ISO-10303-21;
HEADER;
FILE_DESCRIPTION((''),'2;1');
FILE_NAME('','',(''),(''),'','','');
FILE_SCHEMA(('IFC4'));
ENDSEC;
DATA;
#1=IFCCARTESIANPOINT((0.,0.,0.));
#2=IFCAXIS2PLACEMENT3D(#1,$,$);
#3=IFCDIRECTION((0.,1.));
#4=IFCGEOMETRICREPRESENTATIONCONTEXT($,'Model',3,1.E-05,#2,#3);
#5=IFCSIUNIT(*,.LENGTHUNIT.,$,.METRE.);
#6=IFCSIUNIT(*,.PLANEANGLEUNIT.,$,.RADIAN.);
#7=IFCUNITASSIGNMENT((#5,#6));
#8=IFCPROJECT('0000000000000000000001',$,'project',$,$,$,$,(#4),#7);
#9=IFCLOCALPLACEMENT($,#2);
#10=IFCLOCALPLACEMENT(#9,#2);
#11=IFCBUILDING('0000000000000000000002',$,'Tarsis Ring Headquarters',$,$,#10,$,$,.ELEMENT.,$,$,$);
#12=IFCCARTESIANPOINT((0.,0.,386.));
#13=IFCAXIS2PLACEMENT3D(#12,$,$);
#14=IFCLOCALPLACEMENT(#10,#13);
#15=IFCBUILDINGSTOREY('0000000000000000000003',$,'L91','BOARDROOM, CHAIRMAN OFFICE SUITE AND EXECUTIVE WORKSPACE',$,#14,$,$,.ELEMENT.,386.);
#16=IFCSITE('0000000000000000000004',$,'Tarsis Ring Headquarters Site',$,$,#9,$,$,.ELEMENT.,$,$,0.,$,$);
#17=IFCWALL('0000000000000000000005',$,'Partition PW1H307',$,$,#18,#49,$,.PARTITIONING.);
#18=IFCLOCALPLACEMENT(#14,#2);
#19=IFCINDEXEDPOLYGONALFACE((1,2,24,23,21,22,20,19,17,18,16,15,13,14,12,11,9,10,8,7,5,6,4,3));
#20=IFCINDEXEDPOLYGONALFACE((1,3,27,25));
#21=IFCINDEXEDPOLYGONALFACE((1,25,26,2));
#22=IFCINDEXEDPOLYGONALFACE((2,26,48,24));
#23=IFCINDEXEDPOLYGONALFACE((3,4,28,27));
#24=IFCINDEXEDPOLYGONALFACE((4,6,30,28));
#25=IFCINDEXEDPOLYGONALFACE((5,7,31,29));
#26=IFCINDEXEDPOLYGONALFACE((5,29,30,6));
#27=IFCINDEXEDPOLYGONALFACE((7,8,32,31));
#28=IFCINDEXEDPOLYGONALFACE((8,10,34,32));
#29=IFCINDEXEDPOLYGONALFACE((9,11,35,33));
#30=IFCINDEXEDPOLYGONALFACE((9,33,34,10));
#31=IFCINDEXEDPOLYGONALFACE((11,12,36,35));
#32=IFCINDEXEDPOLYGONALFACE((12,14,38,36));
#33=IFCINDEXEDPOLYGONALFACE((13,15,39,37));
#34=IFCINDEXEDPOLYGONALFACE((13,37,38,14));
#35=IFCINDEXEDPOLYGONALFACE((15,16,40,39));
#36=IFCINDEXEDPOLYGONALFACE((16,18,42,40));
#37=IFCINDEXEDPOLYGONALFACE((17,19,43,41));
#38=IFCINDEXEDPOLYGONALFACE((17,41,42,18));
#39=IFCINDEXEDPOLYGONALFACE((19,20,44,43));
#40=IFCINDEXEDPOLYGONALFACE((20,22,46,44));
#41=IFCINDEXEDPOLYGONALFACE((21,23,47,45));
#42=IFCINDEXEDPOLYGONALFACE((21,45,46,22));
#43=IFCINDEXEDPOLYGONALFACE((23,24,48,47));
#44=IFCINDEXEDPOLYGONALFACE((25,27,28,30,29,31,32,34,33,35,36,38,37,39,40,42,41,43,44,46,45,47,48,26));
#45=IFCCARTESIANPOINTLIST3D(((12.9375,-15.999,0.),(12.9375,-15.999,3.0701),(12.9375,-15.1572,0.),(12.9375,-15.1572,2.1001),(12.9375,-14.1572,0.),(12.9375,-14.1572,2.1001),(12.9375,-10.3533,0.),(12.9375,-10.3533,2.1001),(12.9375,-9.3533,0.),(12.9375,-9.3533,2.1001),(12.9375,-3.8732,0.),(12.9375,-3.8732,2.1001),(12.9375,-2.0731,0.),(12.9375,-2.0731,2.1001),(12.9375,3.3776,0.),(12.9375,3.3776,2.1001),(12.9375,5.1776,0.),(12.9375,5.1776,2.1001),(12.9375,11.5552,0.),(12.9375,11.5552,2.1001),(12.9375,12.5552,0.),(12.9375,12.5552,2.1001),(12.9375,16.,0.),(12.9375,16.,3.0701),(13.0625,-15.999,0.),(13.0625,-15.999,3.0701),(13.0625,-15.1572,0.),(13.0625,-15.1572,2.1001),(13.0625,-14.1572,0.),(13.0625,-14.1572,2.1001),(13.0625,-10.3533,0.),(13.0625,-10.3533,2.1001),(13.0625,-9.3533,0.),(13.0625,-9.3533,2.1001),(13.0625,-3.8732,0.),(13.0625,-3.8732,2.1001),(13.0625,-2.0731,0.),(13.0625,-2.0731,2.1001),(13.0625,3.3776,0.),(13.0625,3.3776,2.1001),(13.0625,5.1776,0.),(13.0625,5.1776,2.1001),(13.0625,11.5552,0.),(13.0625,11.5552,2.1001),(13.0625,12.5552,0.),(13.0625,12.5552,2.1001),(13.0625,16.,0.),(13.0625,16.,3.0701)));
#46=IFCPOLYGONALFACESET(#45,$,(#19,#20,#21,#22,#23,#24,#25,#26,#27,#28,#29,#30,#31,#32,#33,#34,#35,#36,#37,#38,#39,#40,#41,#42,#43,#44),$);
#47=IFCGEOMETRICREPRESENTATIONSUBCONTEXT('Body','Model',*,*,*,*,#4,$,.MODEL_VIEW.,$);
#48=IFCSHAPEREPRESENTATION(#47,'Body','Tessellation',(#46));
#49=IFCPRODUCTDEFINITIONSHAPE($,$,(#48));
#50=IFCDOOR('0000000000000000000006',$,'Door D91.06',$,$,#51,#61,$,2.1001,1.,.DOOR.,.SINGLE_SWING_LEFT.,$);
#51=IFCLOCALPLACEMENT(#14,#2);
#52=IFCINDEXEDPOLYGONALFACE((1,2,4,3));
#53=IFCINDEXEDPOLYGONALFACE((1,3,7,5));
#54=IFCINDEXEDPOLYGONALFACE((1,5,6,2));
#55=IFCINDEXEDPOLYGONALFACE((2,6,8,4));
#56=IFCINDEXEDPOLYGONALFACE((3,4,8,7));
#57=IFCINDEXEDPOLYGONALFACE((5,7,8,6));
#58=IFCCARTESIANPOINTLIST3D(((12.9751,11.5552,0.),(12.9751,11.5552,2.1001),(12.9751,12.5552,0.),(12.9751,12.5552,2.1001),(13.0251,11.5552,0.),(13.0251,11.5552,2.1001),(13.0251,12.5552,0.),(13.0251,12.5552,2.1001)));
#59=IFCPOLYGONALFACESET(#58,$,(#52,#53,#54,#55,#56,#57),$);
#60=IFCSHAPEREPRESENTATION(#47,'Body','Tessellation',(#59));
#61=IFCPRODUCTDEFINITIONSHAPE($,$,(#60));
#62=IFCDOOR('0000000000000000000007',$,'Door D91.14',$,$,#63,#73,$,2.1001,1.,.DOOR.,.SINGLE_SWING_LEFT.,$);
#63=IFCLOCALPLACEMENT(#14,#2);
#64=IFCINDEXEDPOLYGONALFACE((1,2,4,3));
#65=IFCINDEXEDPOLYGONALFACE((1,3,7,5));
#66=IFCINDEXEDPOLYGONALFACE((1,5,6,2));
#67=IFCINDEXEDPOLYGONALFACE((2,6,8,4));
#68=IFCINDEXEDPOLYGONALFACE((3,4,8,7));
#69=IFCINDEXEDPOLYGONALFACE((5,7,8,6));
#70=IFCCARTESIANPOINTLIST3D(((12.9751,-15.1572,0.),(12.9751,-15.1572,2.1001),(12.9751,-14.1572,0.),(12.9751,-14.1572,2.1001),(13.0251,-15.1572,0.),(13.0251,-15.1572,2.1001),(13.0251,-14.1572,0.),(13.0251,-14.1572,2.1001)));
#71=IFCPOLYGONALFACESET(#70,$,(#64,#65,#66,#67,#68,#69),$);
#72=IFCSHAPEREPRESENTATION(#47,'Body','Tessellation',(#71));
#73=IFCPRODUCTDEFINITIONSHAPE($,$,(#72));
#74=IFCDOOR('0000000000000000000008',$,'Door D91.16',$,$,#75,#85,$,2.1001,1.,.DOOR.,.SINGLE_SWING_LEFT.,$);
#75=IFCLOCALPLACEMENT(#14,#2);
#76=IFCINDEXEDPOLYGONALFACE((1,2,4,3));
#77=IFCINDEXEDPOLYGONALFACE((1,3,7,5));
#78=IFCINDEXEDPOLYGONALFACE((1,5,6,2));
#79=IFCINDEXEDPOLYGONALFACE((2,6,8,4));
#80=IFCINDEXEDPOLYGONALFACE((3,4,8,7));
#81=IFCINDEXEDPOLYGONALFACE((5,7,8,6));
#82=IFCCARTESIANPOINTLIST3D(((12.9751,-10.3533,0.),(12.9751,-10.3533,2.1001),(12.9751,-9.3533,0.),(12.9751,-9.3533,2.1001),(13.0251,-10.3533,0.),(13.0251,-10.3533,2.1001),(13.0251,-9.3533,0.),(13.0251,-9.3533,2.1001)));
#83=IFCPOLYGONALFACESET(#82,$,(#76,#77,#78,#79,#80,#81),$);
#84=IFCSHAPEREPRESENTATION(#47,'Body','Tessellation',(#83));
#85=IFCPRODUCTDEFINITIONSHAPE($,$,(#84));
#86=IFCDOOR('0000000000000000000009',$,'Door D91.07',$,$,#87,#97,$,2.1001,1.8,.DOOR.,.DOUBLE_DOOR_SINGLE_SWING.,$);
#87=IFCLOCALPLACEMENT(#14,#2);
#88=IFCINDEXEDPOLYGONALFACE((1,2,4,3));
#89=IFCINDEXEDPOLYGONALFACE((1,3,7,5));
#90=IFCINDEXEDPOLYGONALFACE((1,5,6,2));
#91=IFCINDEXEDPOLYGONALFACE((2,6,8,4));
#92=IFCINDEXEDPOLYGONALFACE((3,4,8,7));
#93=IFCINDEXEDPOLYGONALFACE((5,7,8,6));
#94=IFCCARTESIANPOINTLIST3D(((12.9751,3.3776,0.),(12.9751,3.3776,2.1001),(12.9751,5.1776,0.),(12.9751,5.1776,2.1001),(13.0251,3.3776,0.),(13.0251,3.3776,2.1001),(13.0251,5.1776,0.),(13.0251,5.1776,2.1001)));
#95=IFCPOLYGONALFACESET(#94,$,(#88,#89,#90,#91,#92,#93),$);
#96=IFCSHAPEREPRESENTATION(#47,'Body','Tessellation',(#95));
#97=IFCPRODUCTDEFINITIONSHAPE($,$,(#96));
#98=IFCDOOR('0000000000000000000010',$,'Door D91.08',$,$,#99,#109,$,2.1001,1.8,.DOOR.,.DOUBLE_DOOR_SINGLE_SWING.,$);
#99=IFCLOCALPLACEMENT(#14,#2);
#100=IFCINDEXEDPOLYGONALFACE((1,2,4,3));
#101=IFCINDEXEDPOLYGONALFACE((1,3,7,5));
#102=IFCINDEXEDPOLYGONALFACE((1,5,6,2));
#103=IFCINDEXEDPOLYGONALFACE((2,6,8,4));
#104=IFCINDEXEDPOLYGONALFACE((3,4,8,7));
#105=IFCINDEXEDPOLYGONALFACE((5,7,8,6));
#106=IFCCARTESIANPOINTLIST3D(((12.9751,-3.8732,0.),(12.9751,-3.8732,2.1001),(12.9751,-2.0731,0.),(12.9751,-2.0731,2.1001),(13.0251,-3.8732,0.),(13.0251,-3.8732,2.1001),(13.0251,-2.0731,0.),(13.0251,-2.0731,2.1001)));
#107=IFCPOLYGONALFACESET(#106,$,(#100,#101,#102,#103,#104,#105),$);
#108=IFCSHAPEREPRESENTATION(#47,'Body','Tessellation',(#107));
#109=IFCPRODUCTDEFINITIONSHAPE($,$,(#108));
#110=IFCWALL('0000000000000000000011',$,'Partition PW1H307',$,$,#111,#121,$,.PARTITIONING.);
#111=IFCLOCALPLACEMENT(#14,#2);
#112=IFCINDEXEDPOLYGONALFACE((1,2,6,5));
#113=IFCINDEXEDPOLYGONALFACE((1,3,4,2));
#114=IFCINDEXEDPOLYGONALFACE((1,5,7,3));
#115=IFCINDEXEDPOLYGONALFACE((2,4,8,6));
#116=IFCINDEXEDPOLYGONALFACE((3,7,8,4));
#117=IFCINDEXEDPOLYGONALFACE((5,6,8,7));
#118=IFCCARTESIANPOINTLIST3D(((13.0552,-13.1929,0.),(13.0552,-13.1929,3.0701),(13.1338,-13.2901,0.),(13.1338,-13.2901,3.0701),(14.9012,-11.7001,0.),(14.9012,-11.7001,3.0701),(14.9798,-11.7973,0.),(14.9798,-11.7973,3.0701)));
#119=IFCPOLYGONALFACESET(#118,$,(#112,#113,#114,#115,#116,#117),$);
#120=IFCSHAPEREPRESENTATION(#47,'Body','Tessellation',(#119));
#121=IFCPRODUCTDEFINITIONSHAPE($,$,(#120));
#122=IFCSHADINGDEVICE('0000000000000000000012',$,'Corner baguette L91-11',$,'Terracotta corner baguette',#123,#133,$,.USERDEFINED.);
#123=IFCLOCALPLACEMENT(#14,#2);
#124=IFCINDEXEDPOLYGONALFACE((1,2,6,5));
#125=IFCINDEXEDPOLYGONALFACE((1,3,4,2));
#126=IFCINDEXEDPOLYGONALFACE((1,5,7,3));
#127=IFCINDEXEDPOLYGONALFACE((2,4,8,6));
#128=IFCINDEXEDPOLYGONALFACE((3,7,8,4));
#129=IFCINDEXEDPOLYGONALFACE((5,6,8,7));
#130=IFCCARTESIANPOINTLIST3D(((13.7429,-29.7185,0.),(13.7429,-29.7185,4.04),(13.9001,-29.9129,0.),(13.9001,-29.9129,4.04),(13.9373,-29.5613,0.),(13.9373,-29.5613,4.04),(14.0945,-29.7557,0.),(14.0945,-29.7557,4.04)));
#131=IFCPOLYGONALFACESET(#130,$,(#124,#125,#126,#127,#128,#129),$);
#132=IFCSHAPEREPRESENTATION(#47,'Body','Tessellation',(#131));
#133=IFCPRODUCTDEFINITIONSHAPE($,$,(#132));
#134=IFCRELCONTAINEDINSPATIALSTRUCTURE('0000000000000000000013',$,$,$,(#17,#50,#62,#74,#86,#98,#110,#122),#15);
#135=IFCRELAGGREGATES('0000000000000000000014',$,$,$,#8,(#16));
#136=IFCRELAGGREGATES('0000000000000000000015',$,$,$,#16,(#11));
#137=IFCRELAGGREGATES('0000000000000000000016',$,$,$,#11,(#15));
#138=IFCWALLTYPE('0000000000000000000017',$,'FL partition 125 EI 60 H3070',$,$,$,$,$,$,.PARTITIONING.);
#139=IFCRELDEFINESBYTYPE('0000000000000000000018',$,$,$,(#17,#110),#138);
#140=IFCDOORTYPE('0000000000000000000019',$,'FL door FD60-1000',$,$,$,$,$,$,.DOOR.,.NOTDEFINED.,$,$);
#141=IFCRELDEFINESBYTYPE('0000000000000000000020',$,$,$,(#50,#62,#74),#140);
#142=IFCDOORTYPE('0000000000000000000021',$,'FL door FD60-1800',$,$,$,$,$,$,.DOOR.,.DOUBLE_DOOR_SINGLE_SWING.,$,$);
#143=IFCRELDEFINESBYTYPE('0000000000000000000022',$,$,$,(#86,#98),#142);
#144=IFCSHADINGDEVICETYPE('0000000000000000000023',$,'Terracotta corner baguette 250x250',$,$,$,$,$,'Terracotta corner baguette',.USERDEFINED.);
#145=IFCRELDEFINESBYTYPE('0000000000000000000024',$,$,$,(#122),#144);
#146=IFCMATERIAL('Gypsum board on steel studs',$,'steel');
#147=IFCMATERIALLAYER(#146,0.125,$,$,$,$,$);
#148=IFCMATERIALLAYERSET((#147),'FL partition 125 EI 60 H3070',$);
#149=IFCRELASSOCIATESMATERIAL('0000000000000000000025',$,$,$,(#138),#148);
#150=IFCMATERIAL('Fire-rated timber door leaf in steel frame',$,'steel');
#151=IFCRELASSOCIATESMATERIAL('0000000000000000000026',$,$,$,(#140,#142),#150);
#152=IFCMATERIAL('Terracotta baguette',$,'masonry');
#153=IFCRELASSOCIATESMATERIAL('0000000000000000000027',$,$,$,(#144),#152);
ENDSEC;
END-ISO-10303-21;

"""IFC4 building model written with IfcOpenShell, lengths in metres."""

from ifc_helpers import new_model, si_unit, direction, frame, frame_2d, origin, origin_2d, place, context, subcontext, project, spatial, rectangle, extrude, material, layer, layer_set, type_object, element, fill, save


model = new_model("IFC4")

# Units and contexts
model_context = context("Model", 3, precision=1e-05, world=origin(), true_north=direction((0.0, 1.0)))
body_context = subcontext(model_context, "Body", "Model", "MODEL_VIEW")
ifc_project = project(units=[si_unit("LENGTHUNIT", "METRE"), si_unit("PLANEANGLEUNIT", "RADIAN")], contexts=[model_context])

# Site, building, storey
site_placement = place(None, origin())
site = spatial("IfcSite", under=ifc_project, at=site_placement, Name="Tarsis Ring Headquarters Site", CompositionType="ELEMENT", RefElevation=0.0)
building_placement = place(site_placement, origin())
building = spatial("IfcBuilding", under=site, at=building_placement, Name="Tarsis Ring Headquarters", CompositionType="ELEMENT")
storey_placement = place(building_placement, frame((0.0, 0.0, 386.0)))
storey = spatial("IfcBuildingStorey", under=building, at=storey_placement, Name="L91", Description="BOARDROOM, CHAIRMAN OFFICE SUITE AND EXECUTIVE WORKSPACE", CompositionType="ELEMENT", Elevation=386.0)

# Shared definitions
ifc_material_1 = material(Name="Gypsum board on steel studs", Category="steel")

# Wall, openings, doors
ifc_layer_1 = layer(ifc_material_1, 0.125)
ifc_layer_set_1 = layer_set([ifc_layer_1], Name="FL partition 125 EI 60 H3070")
wall_type_1 = type_object("IfcWallType", Name="FL partition 125 EI 60 H3070", PredefinedType="PARTITIONING", material=ifc_layer_set_1)
wall_1_placement = place(storey_placement, frame((13.0, -15.999, 0.0), z_axis=(0.0, 0.0, 1.0), x_axis=(0.0, 1.0, 0.0)))
wall_1 = element("IfcWall", 1, at=wall_1_placement, inside=storey, type_object=wall_type_1, Name="Partition PW1H307", PredefinedType="PARTITIONING", context=body_context, shape_type="SweptSolid", body=[
    extrude(rectangle(XDim=31.999, YDim=0.125, at=frame_2d((15.9995, 0.0))), origin(), (0.0, 0.0, 1.0), 3.0701),
])
opening_1_placement = place(wall_1_placement, frame((27.5542, 0.0, 0.0)))
opening_1 = element("IfcOpeningElement", 2, at=opening_1_placement, cuts=wall_1, PredefinedType="OPENING", context=body_context, shape_type="SweptSolid", body=[
    extrude(rectangle(XDim=1.0, YDim=2.1001, at=frame_2d((0.5, 1.05))), frame((0.0, 0.0725, 0.0), z_axis=(0.0, -1.0, 0.0), x_axis=(1.0, 0.0, 0.0)), (0.0, 0.0, 1.0), 0.145),
])
opening_2_placement = place(wall_1_placement, frame((19.3767, 0.0, 0.0)))
opening_2 = element("IfcOpeningElement", 3, at=opening_2_placement, cuts=wall_1, PredefinedType="OPENING", context=body_context, shape_type="SweptSolid", body=[
    extrude(rectangle(XDim=1.8, YDim=2.1001, at=frame_2d((0.8999, 1.05))), frame((0.0, 0.0725, 0.0), z_axis=(0.0, -1.0, 0.0), x_axis=(1.0, 0.0, 0.0)), (0.0, 0.0, 1.0), 0.145),
])
opening_3_placement = place(wall_1_placement, frame((12.126, 0.0, 0.0)))
opening_3 = element("IfcOpeningElement", 4, at=opening_3_placement, cuts=wall_1, PredefinedType="OPENING", context=body_context, shape_type="SweptSolid", body=[
    extrude(rectangle(XDim=1.8, YDim=2.1001, at=frame_2d((0.8999, 1.05))), frame((0.0, 0.0725, 0.0), z_axis=(0.0, -1.0, 0.0), x_axis=(1.0, 0.0, 0.0)), (0.0, 0.0, 1.0), 0.145),
])
opening_4_placement = place(wall_1_placement, frame((0.8418, 0.0, 0.0)))
opening_4 = element("IfcOpeningElement", 5, at=opening_4_placement, cuts=wall_1, PredefinedType="OPENING", context=body_context, shape_type="SweptSolid", body=[
    extrude(rectangle(XDim=1.0, YDim=2.1001, at=frame_2d((0.5, 1.05))), frame((0.0, 0.0725, 0.0), z_axis=(0.0, -1.0, 0.0), x_axis=(1.0, 0.0, 0.0)), (0.0, 0.0, 1.0), 0.145),
])
opening_5_placement = place(wall_1_placement, frame((5.6458, 0.0, 0.0)))
opening_5 = element("IfcOpeningElement", 6, at=opening_5_placement, cuts=wall_1, PredefinedType="OPENING", context=body_context, shape_type="SweptSolid", body=[
    extrude(rectangle(XDim=1.0, YDim=2.1001, at=frame_2d((0.5, 1.05))), frame((0.0, 0.0725, 0.0), z_axis=(0.0, -1.0, 0.0), x_axis=(1.0, 0.0, 0.0)), (0.0, 0.0, 1.0), 0.145),
])
ifc_material_2 = material(Name="Fire-rated timber door leaf in steel frame", Category="steel")
door_type_1 = type_object("IfcDoorType", Name="FL door FD60-1000", OperationType="NOTDEFINED", PredefinedType="DOOR", material=ifc_material_2)
door_1_placement = place(opening_1_placement, origin())
door_1 = element("IfcDoor", 7, at=door_1_placement, inside=storey, type_object=door_type_1, Name="Door D91.06", OperationType="SINGLE_SWING_LEFT", OverallHeight=2.1001, OverallWidth=1.0, PredefinedType="DOOR", context=body_context, shape_type="SweptSolid", body=[
    extrude(rectangle(XDim=1.0, YDim=2.1001, at=frame_2d((0.5, 1.05))), frame((0.0, 0.0249, 0.0), z_axis=(0.0, -1.0, 0.0), x_axis=(1.0, 0.0, 0.0)), (0.0, 0.0, 1.0), 0.05),
])
fill(opening_1, door_1)
door_2_placement = place(opening_4_placement, origin())
door_2 = element("IfcDoor", 8, at=door_2_placement, inside=storey, type_object=door_type_1, Name="Door D91.14", OperationType="SINGLE_SWING_LEFT", OverallHeight=2.1001, OverallWidth=1.0, PredefinedType="DOOR", context=body_context, shape_type="SweptSolid", body=[
    extrude(rectangle(XDim=1.0, YDim=2.1001, at=frame_2d((0.5, 1.05))), frame((0.0, 0.0249, 0.0), z_axis=(0.0, -1.0, 0.0), x_axis=(1.0, 0.0, 0.0)), (0.0, 0.0, 1.0), 0.05),
])
fill(opening_4, door_2)
door_3_placement = place(opening_5_placement, origin())
door_3 = element("IfcDoor", 9, at=door_3_placement, inside=storey, type_object=door_type_1, Name="Door D91.16", OperationType="SINGLE_SWING_LEFT", OverallHeight=2.1001, OverallWidth=1.0, PredefinedType="DOOR", context=body_context, shape_type="SweptSolid", body=[
    extrude(rectangle(XDim=1.0, YDim=2.1001, at=frame_2d((0.5, 1.05))), frame((0.0, 0.0249, 0.0), z_axis=(0.0, -1.0, 0.0), x_axis=(1.0, 0.0, 0.0)), (0.0, 0.0, 1.0), 0.05),
])
fill(opening_5, door_3)
door_type_2 = type_object("IfcDoorType", Name="FL door FD60-1800", OperationType="DOUBLE_DOOR_SINGLE_SWING", PredefinedType="DOOR", material=ifc_material_2)
door_4_placement = place(opening_2_placement, origin())
door_4 = element("IfcDoor", 10, at=door_4_placement, inside=storey, type_object=door_type_2, Name="Door D91.07", OperationType="DOUBLE_DOOR_SINGLE_SWING", OverallHeight=2.1001, OverallWidth=1.8, PredefinedType="DOOR", context=body_context, shape_type="SweptSolid", body=[
    extrude(rectangle(XDim=1.8, YDim=2.1001, at=frame_2d((0.8999, 1.05))), frame((0.0, 0.0249, 0.0), z_axis=(0.0, -1.0, 0.0), x_axis=(1.0, 0.0, 0.0)), (0.0, 0.0, 1.0), 0.05),
])
fill(opening_2, door_4)
door_5_placement = place(opening_3_placement, origin())
door_5 = element("IfcDoor", 11, at=door_5_placement, inside=storey, type_object=door_type_2, Name="Door D91.08", OperationType="DOUBLE_DOOR_SINGLE_SWING", OverallHeight=2.1001, OverallWidth=1.8, PredefinedType="DOOR", context=body_context, shape_type="SweptSolid", body=[
    extrude(rectangle(XDim=1.8, YDim=2.1001, at=frame_2d((0.8999, 1.05))), frame((0.0, 0.0249, 0.0), z_axis=(0.0, -1.0, 0.0), x_axis=(1.0, 0.0, 0.0)), (0.0, 0.0, 1.0), 0.05),
])
fill(opening_3, door_5)

# Wall
wall_2_placement = place(storey_placement, frame((13.0945, -13.2415, 0.0), z_axis=(0.0, 0.0, 1.0), x_axis=(0.777587, 0.628775, 0.0)))
element("IfcWall", 12, at=wall_2_placement, inside=storey, type_object=wall_type_1, Name="Partition PW1H307", PredefinedType="PARTITIONING", context=body_context, shape_type="SweptSolid", body=[
    extrude(rectangle(XDim=2.374, YDim=0.125, at=frame_2d((1.187, 0.0))), origin(), (0.0, 0.0, 1.0), 3.0701),
])

# Shading device
ifc_material_3 = material(Name="Terracotta baguette", Category="masonry")
shading_device_type_1 = type_object("IfcShadingDeviceType", Name="Terracotta corner baguette 250x250", ElementType="Terracotta corner baguette", PredefinedType="USERDEFINED", material=ifc_material_3)
shading_device_1_placement = place(storey_placement, frame((13.9187, -29.7371, 0.0), z_axis=(0.0, 0.0, 1.0), x_axis=(0.628778, -0.777585, 0.0)))
element("IfcShadingDevice", 13, at=shading_device_1_placement, inside=storey, type_object=shading_device_type_1, Name="Corner baguette L91-11", ObjectType="Terracotta corner baguette", PredefinedType="USERDEFINED", context=body_context, shape_type="SweptSolid", body=[
    extrude(rectangle(XDim=0.25, YDim=0.25, at=origin_2d()), origin(), (0.0, 0.0, 1.0), 4.04),
])

save(model, "model.ifc")
